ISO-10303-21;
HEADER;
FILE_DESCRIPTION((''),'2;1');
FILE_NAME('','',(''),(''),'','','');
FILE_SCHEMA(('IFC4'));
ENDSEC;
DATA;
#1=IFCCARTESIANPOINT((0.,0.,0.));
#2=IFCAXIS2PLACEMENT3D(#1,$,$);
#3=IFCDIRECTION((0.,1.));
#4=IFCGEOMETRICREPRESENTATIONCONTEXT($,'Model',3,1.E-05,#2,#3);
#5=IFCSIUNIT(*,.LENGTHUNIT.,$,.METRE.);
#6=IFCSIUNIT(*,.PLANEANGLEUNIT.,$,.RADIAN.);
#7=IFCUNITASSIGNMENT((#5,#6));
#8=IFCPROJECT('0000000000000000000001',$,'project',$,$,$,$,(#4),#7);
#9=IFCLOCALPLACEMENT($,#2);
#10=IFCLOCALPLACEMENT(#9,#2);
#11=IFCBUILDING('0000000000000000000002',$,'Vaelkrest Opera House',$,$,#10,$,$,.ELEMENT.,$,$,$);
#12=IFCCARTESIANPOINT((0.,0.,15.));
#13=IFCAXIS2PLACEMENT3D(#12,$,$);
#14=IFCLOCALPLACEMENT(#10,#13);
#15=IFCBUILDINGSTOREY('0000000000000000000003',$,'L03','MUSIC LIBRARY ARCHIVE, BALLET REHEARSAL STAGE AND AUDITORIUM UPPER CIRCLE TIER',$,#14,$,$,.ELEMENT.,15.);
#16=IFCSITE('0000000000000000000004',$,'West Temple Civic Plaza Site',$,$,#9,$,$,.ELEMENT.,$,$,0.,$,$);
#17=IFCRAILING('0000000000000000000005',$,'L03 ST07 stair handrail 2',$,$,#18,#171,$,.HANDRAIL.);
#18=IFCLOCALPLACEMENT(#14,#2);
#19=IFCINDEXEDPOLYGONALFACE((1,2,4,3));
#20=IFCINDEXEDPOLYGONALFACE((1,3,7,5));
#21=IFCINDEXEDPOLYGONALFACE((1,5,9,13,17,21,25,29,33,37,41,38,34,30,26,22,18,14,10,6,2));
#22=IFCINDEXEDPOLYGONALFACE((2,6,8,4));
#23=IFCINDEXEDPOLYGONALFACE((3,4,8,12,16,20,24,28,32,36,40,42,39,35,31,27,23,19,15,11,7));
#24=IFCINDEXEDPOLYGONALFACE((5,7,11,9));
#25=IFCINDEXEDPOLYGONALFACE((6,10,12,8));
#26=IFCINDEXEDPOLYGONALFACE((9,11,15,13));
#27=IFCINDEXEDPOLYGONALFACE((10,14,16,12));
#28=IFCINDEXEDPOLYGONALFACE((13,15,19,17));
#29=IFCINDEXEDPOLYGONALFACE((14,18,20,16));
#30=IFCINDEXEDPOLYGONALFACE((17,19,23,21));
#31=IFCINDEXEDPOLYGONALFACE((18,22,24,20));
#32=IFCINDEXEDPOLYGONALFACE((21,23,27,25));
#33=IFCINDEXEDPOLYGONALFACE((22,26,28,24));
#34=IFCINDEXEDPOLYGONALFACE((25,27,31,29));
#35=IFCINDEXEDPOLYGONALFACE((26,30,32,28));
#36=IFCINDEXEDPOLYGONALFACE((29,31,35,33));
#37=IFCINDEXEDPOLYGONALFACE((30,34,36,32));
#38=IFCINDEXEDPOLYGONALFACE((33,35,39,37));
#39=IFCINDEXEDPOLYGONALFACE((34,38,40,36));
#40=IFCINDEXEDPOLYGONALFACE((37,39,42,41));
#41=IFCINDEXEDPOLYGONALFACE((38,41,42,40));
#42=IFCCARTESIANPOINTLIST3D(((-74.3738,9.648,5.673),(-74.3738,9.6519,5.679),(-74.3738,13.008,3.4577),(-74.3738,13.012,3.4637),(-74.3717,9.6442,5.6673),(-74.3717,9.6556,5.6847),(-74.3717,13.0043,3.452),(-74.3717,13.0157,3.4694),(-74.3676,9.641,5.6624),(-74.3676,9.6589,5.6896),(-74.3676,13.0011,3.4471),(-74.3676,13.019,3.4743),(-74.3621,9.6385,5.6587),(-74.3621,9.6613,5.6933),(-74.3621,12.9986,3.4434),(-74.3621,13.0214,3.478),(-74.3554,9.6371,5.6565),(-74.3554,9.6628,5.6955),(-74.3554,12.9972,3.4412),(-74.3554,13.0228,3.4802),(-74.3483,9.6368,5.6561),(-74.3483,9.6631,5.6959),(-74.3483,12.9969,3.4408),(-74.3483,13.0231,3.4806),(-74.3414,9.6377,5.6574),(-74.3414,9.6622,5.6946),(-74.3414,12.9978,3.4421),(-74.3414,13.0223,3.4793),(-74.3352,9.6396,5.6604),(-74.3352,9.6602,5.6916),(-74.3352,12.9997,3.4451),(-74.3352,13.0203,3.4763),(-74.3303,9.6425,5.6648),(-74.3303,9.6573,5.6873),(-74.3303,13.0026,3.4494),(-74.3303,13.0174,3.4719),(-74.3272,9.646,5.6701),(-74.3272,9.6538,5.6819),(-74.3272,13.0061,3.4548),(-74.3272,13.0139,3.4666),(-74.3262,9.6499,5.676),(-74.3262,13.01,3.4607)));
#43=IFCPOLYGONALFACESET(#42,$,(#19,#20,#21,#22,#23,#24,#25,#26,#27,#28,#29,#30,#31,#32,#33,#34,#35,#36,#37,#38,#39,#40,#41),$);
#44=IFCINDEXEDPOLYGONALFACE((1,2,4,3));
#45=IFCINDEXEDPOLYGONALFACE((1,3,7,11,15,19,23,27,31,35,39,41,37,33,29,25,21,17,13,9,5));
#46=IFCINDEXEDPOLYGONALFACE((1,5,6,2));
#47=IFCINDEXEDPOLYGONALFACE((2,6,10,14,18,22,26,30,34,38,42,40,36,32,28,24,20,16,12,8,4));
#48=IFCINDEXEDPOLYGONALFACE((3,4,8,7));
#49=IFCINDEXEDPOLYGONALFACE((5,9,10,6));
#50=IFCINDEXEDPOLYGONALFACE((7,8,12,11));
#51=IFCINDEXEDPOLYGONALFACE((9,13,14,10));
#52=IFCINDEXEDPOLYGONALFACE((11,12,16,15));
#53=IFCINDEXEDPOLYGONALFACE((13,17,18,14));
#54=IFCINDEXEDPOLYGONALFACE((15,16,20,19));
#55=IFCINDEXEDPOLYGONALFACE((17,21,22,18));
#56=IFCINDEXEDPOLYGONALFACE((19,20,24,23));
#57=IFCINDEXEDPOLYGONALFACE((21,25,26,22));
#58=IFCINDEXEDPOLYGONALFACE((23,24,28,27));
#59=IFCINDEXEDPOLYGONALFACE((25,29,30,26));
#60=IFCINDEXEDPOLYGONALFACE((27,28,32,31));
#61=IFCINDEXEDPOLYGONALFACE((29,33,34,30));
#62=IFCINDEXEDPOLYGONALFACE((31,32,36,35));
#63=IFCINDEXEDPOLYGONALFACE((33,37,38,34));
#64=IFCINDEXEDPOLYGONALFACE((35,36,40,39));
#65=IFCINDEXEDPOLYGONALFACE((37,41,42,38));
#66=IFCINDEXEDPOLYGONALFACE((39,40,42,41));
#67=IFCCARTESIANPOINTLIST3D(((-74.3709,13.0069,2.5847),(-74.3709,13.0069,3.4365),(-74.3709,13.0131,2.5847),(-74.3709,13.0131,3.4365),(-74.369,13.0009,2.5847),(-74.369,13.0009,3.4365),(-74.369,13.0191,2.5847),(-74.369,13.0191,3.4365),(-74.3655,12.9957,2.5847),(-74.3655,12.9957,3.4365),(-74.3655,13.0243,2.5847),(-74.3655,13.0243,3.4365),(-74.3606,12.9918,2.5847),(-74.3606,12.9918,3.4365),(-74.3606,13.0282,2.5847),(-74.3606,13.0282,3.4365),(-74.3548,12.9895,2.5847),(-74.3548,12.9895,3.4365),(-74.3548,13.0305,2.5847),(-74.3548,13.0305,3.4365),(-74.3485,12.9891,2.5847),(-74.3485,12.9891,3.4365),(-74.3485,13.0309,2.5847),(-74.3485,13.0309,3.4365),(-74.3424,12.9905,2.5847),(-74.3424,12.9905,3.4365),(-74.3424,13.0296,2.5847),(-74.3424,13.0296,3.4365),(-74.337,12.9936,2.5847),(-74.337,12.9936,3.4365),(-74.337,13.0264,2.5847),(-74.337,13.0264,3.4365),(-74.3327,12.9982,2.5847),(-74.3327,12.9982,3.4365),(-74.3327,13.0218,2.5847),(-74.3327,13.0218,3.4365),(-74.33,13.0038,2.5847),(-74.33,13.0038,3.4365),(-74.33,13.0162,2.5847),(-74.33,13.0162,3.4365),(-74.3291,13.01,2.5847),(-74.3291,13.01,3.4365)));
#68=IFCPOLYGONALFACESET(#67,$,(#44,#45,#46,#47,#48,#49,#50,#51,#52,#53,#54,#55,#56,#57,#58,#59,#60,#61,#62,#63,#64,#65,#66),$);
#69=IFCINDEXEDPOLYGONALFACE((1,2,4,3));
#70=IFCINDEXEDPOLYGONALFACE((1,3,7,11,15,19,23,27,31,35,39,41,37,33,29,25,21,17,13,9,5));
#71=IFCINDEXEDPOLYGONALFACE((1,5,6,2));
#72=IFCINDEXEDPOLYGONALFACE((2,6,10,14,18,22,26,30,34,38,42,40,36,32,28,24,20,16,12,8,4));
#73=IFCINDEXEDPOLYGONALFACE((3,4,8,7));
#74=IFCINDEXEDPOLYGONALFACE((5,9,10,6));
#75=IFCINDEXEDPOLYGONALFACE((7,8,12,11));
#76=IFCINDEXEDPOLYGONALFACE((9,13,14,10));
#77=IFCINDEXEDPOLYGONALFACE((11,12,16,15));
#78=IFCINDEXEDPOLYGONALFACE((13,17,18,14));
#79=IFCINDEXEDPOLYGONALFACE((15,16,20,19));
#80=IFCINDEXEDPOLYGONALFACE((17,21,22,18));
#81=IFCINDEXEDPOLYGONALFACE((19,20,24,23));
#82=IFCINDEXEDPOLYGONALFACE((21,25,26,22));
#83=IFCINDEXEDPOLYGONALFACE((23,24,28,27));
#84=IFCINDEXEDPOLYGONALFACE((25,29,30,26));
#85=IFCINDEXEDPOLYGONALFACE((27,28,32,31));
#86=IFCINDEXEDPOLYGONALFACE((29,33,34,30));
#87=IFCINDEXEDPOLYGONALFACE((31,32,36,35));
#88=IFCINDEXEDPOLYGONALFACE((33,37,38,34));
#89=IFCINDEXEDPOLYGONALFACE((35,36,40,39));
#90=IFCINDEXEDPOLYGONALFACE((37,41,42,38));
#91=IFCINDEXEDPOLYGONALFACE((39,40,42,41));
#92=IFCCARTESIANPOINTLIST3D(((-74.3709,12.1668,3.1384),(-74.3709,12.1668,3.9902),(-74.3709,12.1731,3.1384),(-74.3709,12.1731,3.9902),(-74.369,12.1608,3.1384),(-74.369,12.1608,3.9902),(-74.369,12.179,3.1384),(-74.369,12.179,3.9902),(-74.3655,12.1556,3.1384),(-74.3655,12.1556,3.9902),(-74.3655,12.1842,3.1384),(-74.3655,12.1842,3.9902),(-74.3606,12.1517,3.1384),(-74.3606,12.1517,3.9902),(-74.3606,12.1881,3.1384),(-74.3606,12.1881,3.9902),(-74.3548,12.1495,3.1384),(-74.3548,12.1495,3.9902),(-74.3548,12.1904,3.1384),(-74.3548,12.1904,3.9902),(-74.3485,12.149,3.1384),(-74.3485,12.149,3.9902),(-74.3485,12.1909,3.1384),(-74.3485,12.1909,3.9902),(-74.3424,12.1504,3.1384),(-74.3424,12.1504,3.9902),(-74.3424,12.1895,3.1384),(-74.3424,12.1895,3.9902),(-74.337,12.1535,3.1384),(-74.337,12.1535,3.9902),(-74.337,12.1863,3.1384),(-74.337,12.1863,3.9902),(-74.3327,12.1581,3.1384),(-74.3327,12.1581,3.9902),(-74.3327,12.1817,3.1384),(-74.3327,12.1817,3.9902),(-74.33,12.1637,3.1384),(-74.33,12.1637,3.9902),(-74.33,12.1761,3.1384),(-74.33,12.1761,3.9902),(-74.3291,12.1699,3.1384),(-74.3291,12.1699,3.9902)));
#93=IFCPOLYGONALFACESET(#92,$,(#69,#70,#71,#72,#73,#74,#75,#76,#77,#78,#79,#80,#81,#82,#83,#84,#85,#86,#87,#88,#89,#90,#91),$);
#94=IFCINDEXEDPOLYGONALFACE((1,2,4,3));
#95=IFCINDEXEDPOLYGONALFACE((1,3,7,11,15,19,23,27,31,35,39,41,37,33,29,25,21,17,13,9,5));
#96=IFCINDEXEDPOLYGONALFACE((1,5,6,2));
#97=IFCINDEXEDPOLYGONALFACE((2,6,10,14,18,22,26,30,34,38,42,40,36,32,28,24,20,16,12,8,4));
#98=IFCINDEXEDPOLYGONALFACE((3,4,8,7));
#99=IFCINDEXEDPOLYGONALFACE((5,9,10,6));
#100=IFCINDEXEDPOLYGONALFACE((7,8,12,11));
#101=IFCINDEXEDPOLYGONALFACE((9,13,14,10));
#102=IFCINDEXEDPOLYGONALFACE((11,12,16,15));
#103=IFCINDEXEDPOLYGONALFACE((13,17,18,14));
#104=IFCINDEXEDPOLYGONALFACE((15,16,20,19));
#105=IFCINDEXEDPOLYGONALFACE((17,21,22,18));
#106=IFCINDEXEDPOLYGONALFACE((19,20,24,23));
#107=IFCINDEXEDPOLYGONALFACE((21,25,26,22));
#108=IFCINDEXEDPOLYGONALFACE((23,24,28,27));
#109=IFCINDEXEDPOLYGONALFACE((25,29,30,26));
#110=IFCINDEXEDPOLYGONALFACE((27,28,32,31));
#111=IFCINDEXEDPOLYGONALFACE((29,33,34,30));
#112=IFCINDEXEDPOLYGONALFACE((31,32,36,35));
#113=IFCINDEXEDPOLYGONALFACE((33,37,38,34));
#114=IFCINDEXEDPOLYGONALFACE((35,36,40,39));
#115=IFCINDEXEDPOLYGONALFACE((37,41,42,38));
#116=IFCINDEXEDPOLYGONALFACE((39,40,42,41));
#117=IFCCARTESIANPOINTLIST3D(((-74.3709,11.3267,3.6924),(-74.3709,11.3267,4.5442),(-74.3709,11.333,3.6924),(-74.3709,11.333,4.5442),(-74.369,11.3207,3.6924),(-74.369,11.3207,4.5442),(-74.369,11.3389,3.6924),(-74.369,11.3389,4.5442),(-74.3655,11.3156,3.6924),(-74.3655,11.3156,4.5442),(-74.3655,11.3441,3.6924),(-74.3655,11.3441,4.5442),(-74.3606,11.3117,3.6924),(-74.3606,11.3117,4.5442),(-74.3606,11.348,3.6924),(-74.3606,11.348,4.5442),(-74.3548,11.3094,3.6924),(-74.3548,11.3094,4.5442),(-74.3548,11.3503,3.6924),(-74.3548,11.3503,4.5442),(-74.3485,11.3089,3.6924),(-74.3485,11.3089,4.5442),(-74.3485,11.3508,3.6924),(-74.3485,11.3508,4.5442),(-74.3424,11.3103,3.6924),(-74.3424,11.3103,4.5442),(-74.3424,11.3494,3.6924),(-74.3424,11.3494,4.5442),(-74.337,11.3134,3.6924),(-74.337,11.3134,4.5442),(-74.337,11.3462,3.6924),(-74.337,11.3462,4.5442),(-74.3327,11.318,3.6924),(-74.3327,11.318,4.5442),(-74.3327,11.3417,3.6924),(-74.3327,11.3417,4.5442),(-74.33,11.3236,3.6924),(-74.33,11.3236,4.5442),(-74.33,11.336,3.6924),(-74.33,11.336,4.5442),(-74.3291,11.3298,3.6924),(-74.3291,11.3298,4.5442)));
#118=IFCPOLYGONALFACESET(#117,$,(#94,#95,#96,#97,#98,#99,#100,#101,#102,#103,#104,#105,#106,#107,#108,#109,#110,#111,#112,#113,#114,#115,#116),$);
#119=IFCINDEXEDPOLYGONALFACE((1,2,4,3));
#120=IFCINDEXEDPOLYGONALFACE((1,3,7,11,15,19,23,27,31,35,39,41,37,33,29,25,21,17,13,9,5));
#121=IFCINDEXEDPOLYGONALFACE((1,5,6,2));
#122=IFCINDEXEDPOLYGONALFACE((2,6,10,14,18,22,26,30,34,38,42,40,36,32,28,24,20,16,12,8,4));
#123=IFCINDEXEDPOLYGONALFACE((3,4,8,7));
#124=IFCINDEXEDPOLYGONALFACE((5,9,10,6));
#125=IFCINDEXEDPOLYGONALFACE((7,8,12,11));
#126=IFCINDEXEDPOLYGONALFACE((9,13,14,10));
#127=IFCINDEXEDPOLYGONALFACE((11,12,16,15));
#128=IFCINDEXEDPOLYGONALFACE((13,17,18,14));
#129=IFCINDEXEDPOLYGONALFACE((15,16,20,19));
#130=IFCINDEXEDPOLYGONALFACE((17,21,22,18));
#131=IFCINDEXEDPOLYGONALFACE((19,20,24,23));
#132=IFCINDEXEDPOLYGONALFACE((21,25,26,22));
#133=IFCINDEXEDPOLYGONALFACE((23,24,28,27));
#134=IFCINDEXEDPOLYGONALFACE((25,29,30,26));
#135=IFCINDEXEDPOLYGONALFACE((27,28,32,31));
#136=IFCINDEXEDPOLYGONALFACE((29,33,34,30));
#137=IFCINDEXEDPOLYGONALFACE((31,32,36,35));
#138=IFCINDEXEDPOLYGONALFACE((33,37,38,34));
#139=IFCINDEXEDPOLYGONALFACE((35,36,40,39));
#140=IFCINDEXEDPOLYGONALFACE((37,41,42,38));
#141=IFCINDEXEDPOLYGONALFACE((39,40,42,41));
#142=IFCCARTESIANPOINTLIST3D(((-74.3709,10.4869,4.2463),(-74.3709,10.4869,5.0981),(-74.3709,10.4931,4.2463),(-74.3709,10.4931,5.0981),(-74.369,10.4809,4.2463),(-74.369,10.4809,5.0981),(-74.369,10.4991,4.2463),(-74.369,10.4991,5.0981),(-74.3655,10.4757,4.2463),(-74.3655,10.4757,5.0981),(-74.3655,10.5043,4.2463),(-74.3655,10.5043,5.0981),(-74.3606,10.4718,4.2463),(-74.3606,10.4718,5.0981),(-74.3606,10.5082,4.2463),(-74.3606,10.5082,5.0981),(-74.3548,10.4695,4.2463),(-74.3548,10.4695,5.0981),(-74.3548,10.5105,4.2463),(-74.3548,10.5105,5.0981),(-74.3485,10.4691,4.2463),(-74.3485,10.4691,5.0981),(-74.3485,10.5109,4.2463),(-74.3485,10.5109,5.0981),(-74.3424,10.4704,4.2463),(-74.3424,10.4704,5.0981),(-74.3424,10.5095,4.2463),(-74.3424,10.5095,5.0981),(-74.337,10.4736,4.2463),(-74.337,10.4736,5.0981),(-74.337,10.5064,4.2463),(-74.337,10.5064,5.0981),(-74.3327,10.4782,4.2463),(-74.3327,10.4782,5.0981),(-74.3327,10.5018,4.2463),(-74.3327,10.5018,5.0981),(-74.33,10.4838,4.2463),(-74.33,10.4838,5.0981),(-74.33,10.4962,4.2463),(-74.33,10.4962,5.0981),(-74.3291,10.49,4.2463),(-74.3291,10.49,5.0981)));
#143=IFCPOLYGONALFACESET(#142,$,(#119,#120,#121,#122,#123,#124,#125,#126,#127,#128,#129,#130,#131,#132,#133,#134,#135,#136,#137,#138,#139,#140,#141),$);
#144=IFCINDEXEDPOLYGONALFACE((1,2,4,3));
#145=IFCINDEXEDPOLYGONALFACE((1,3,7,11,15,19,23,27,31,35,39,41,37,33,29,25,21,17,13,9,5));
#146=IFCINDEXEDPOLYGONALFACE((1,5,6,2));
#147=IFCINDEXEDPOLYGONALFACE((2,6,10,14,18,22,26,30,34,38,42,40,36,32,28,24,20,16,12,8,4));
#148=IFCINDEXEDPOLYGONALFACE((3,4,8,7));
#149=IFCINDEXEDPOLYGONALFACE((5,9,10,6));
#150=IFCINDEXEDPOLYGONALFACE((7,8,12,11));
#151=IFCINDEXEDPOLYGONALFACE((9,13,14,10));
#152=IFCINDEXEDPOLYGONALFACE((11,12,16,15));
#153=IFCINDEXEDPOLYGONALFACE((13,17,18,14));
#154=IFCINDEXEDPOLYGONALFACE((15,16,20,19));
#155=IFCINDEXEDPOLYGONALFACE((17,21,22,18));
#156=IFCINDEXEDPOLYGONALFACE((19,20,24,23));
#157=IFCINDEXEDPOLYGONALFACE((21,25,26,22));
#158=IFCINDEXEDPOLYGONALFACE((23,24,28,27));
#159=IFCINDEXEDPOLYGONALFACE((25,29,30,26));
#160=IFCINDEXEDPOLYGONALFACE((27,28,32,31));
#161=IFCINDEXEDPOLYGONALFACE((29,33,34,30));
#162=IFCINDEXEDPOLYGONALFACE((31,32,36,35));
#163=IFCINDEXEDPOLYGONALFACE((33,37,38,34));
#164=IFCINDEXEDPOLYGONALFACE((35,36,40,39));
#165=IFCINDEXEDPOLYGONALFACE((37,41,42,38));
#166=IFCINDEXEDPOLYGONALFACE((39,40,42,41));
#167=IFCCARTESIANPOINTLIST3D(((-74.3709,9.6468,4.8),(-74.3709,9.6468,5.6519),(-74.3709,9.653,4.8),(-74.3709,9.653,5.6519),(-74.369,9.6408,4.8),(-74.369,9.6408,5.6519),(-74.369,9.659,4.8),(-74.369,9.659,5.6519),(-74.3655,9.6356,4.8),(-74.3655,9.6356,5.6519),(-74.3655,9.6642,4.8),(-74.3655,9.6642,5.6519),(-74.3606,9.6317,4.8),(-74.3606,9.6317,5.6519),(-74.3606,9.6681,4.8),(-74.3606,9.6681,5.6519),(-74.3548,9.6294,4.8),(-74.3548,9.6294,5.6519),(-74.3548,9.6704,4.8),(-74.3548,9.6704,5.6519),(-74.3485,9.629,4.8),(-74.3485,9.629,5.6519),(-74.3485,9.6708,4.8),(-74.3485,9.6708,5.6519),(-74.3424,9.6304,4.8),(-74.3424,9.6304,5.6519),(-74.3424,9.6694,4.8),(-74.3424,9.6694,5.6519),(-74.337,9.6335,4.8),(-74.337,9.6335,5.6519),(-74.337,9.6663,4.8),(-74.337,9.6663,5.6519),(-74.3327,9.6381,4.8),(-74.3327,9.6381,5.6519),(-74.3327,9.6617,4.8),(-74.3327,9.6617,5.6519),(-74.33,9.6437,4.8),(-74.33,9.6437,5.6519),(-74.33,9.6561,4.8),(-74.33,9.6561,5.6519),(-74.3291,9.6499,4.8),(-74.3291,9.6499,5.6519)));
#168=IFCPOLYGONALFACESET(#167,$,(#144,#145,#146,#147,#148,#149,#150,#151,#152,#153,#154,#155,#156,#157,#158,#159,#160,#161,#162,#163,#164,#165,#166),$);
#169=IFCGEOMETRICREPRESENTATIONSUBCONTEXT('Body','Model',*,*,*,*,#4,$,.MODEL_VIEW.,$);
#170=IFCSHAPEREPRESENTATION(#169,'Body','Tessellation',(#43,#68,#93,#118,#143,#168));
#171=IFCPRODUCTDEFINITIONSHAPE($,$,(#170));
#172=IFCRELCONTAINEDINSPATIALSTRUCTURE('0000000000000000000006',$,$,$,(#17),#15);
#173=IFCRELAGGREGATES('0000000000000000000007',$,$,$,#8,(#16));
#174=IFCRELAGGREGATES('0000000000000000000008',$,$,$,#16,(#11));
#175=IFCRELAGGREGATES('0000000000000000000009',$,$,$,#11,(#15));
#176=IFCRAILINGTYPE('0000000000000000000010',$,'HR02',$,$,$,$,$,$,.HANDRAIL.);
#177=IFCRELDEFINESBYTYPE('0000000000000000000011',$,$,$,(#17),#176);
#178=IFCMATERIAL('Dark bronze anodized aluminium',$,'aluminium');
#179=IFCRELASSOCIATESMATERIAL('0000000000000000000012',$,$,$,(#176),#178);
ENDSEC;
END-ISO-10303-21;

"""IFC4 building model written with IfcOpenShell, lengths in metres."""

from ifc_helpers import new_model, si_unit, direction, frame, origin, origin_2d, place, context, subcontext, project, spatial, circle, extrude, material, type_object, element, save


model = new_model("IFC4")

# Units and contexts
model_context = context("Model", 3, precision=1e-05, world=origin(), true_north=direction((0.0, 1.0)))
body_context = subcontext(model_context, "Body", "Model", "MODEL_VIEW")
ifc_project = project(units=[si_unit("LENGTHUNIT", "METRE"), si_unit("PLANEANGLEUNIT", "RADIAN")], contexts=[model_context])

# Site, building, storey
site_placement = place(None, origin())
site = spatial("IfcSite", under=ifc_project, at=site_placement, Name="West Temple Civic Plaza Site", CompositionType="ELEMENT", RefElevation=0.0)
building_placement = place(site_placement, origin())
building = spatial("IfcBuilding", under=site, at=building_placement, Name="Vaelkrest Opera House", CompositionType="ELEMENT")
storey_placement = place(building_placement, frame((0.0, 0.0, 15.0)))
storey = spatial("IfcBuildingStorey", under=building, at=storey_placement, Name="L03", Description="MUSIC LIBRARY ARCHIVE, BALLET REHEARSAL STAGE AND AUDITORIUM UPPER CIRCLE TIER", CompositionType="ELEMENT", Elevation=15.0)

# Shared definitions
ifc_material_1 = material(Name="Dark bronze anodized aluminium", Category="aluminium")

# Railing
railing_type_1 = type_object("IfcRailingType", Name="HR02", PredefinedType="HANDRAIL", material=ifc_material_1)
railing_1_placement = place(storey_placement, frame((-74.3501, 13.01, 2.5847)))
element("IfcRailing", 1, at=railing_1_placement, inside=storey, type_object=railing_type_1, Name="L03 ST07 stair handrail 2", PredefinedType="HANDRAIL", context=body_context, shape_type="SweptSolid", body=[
    extrude(circle(Radius=0.0239, at=origin_2d()), frame((0.0, 0.0, 0.876), z_axis=(0.0, -0.834876, 0.550437), x_axis=(1.0, 0.0, 0.0)), (0.0, 0.0, 1.0), 4.0247),
    extrude(circle(Radius=0.021, at=origin_2d()), origin(), (0.0, 0.0, 1.0), 0.8518),
    extrude(circle(Radius=0.021, at=origin_2d()), frame((0.0, -0.8401, 0.5537)), (0.0, 0.0, 1.0), 0.8518),
    extrude(circle(Radius=0.021, at=origin_2d()), frame((0.0, -1.6802, 1.1077)), (0.0, 0.0, 1.0), 0.8518),
    extrude(circle(Radius=0.021, at=origin_2d()), frame((0.0, -2.52, 1.6616)), (0.0, 0.0, 1.0), 0.8518),
    extrude(circle(Radius=0.021, at=origin_2d()), frame((0.0, -3.3601, 2.2153)), (0.0, 0.0, 1.0), 0.8518),
])

save(model, "model.ifc")
